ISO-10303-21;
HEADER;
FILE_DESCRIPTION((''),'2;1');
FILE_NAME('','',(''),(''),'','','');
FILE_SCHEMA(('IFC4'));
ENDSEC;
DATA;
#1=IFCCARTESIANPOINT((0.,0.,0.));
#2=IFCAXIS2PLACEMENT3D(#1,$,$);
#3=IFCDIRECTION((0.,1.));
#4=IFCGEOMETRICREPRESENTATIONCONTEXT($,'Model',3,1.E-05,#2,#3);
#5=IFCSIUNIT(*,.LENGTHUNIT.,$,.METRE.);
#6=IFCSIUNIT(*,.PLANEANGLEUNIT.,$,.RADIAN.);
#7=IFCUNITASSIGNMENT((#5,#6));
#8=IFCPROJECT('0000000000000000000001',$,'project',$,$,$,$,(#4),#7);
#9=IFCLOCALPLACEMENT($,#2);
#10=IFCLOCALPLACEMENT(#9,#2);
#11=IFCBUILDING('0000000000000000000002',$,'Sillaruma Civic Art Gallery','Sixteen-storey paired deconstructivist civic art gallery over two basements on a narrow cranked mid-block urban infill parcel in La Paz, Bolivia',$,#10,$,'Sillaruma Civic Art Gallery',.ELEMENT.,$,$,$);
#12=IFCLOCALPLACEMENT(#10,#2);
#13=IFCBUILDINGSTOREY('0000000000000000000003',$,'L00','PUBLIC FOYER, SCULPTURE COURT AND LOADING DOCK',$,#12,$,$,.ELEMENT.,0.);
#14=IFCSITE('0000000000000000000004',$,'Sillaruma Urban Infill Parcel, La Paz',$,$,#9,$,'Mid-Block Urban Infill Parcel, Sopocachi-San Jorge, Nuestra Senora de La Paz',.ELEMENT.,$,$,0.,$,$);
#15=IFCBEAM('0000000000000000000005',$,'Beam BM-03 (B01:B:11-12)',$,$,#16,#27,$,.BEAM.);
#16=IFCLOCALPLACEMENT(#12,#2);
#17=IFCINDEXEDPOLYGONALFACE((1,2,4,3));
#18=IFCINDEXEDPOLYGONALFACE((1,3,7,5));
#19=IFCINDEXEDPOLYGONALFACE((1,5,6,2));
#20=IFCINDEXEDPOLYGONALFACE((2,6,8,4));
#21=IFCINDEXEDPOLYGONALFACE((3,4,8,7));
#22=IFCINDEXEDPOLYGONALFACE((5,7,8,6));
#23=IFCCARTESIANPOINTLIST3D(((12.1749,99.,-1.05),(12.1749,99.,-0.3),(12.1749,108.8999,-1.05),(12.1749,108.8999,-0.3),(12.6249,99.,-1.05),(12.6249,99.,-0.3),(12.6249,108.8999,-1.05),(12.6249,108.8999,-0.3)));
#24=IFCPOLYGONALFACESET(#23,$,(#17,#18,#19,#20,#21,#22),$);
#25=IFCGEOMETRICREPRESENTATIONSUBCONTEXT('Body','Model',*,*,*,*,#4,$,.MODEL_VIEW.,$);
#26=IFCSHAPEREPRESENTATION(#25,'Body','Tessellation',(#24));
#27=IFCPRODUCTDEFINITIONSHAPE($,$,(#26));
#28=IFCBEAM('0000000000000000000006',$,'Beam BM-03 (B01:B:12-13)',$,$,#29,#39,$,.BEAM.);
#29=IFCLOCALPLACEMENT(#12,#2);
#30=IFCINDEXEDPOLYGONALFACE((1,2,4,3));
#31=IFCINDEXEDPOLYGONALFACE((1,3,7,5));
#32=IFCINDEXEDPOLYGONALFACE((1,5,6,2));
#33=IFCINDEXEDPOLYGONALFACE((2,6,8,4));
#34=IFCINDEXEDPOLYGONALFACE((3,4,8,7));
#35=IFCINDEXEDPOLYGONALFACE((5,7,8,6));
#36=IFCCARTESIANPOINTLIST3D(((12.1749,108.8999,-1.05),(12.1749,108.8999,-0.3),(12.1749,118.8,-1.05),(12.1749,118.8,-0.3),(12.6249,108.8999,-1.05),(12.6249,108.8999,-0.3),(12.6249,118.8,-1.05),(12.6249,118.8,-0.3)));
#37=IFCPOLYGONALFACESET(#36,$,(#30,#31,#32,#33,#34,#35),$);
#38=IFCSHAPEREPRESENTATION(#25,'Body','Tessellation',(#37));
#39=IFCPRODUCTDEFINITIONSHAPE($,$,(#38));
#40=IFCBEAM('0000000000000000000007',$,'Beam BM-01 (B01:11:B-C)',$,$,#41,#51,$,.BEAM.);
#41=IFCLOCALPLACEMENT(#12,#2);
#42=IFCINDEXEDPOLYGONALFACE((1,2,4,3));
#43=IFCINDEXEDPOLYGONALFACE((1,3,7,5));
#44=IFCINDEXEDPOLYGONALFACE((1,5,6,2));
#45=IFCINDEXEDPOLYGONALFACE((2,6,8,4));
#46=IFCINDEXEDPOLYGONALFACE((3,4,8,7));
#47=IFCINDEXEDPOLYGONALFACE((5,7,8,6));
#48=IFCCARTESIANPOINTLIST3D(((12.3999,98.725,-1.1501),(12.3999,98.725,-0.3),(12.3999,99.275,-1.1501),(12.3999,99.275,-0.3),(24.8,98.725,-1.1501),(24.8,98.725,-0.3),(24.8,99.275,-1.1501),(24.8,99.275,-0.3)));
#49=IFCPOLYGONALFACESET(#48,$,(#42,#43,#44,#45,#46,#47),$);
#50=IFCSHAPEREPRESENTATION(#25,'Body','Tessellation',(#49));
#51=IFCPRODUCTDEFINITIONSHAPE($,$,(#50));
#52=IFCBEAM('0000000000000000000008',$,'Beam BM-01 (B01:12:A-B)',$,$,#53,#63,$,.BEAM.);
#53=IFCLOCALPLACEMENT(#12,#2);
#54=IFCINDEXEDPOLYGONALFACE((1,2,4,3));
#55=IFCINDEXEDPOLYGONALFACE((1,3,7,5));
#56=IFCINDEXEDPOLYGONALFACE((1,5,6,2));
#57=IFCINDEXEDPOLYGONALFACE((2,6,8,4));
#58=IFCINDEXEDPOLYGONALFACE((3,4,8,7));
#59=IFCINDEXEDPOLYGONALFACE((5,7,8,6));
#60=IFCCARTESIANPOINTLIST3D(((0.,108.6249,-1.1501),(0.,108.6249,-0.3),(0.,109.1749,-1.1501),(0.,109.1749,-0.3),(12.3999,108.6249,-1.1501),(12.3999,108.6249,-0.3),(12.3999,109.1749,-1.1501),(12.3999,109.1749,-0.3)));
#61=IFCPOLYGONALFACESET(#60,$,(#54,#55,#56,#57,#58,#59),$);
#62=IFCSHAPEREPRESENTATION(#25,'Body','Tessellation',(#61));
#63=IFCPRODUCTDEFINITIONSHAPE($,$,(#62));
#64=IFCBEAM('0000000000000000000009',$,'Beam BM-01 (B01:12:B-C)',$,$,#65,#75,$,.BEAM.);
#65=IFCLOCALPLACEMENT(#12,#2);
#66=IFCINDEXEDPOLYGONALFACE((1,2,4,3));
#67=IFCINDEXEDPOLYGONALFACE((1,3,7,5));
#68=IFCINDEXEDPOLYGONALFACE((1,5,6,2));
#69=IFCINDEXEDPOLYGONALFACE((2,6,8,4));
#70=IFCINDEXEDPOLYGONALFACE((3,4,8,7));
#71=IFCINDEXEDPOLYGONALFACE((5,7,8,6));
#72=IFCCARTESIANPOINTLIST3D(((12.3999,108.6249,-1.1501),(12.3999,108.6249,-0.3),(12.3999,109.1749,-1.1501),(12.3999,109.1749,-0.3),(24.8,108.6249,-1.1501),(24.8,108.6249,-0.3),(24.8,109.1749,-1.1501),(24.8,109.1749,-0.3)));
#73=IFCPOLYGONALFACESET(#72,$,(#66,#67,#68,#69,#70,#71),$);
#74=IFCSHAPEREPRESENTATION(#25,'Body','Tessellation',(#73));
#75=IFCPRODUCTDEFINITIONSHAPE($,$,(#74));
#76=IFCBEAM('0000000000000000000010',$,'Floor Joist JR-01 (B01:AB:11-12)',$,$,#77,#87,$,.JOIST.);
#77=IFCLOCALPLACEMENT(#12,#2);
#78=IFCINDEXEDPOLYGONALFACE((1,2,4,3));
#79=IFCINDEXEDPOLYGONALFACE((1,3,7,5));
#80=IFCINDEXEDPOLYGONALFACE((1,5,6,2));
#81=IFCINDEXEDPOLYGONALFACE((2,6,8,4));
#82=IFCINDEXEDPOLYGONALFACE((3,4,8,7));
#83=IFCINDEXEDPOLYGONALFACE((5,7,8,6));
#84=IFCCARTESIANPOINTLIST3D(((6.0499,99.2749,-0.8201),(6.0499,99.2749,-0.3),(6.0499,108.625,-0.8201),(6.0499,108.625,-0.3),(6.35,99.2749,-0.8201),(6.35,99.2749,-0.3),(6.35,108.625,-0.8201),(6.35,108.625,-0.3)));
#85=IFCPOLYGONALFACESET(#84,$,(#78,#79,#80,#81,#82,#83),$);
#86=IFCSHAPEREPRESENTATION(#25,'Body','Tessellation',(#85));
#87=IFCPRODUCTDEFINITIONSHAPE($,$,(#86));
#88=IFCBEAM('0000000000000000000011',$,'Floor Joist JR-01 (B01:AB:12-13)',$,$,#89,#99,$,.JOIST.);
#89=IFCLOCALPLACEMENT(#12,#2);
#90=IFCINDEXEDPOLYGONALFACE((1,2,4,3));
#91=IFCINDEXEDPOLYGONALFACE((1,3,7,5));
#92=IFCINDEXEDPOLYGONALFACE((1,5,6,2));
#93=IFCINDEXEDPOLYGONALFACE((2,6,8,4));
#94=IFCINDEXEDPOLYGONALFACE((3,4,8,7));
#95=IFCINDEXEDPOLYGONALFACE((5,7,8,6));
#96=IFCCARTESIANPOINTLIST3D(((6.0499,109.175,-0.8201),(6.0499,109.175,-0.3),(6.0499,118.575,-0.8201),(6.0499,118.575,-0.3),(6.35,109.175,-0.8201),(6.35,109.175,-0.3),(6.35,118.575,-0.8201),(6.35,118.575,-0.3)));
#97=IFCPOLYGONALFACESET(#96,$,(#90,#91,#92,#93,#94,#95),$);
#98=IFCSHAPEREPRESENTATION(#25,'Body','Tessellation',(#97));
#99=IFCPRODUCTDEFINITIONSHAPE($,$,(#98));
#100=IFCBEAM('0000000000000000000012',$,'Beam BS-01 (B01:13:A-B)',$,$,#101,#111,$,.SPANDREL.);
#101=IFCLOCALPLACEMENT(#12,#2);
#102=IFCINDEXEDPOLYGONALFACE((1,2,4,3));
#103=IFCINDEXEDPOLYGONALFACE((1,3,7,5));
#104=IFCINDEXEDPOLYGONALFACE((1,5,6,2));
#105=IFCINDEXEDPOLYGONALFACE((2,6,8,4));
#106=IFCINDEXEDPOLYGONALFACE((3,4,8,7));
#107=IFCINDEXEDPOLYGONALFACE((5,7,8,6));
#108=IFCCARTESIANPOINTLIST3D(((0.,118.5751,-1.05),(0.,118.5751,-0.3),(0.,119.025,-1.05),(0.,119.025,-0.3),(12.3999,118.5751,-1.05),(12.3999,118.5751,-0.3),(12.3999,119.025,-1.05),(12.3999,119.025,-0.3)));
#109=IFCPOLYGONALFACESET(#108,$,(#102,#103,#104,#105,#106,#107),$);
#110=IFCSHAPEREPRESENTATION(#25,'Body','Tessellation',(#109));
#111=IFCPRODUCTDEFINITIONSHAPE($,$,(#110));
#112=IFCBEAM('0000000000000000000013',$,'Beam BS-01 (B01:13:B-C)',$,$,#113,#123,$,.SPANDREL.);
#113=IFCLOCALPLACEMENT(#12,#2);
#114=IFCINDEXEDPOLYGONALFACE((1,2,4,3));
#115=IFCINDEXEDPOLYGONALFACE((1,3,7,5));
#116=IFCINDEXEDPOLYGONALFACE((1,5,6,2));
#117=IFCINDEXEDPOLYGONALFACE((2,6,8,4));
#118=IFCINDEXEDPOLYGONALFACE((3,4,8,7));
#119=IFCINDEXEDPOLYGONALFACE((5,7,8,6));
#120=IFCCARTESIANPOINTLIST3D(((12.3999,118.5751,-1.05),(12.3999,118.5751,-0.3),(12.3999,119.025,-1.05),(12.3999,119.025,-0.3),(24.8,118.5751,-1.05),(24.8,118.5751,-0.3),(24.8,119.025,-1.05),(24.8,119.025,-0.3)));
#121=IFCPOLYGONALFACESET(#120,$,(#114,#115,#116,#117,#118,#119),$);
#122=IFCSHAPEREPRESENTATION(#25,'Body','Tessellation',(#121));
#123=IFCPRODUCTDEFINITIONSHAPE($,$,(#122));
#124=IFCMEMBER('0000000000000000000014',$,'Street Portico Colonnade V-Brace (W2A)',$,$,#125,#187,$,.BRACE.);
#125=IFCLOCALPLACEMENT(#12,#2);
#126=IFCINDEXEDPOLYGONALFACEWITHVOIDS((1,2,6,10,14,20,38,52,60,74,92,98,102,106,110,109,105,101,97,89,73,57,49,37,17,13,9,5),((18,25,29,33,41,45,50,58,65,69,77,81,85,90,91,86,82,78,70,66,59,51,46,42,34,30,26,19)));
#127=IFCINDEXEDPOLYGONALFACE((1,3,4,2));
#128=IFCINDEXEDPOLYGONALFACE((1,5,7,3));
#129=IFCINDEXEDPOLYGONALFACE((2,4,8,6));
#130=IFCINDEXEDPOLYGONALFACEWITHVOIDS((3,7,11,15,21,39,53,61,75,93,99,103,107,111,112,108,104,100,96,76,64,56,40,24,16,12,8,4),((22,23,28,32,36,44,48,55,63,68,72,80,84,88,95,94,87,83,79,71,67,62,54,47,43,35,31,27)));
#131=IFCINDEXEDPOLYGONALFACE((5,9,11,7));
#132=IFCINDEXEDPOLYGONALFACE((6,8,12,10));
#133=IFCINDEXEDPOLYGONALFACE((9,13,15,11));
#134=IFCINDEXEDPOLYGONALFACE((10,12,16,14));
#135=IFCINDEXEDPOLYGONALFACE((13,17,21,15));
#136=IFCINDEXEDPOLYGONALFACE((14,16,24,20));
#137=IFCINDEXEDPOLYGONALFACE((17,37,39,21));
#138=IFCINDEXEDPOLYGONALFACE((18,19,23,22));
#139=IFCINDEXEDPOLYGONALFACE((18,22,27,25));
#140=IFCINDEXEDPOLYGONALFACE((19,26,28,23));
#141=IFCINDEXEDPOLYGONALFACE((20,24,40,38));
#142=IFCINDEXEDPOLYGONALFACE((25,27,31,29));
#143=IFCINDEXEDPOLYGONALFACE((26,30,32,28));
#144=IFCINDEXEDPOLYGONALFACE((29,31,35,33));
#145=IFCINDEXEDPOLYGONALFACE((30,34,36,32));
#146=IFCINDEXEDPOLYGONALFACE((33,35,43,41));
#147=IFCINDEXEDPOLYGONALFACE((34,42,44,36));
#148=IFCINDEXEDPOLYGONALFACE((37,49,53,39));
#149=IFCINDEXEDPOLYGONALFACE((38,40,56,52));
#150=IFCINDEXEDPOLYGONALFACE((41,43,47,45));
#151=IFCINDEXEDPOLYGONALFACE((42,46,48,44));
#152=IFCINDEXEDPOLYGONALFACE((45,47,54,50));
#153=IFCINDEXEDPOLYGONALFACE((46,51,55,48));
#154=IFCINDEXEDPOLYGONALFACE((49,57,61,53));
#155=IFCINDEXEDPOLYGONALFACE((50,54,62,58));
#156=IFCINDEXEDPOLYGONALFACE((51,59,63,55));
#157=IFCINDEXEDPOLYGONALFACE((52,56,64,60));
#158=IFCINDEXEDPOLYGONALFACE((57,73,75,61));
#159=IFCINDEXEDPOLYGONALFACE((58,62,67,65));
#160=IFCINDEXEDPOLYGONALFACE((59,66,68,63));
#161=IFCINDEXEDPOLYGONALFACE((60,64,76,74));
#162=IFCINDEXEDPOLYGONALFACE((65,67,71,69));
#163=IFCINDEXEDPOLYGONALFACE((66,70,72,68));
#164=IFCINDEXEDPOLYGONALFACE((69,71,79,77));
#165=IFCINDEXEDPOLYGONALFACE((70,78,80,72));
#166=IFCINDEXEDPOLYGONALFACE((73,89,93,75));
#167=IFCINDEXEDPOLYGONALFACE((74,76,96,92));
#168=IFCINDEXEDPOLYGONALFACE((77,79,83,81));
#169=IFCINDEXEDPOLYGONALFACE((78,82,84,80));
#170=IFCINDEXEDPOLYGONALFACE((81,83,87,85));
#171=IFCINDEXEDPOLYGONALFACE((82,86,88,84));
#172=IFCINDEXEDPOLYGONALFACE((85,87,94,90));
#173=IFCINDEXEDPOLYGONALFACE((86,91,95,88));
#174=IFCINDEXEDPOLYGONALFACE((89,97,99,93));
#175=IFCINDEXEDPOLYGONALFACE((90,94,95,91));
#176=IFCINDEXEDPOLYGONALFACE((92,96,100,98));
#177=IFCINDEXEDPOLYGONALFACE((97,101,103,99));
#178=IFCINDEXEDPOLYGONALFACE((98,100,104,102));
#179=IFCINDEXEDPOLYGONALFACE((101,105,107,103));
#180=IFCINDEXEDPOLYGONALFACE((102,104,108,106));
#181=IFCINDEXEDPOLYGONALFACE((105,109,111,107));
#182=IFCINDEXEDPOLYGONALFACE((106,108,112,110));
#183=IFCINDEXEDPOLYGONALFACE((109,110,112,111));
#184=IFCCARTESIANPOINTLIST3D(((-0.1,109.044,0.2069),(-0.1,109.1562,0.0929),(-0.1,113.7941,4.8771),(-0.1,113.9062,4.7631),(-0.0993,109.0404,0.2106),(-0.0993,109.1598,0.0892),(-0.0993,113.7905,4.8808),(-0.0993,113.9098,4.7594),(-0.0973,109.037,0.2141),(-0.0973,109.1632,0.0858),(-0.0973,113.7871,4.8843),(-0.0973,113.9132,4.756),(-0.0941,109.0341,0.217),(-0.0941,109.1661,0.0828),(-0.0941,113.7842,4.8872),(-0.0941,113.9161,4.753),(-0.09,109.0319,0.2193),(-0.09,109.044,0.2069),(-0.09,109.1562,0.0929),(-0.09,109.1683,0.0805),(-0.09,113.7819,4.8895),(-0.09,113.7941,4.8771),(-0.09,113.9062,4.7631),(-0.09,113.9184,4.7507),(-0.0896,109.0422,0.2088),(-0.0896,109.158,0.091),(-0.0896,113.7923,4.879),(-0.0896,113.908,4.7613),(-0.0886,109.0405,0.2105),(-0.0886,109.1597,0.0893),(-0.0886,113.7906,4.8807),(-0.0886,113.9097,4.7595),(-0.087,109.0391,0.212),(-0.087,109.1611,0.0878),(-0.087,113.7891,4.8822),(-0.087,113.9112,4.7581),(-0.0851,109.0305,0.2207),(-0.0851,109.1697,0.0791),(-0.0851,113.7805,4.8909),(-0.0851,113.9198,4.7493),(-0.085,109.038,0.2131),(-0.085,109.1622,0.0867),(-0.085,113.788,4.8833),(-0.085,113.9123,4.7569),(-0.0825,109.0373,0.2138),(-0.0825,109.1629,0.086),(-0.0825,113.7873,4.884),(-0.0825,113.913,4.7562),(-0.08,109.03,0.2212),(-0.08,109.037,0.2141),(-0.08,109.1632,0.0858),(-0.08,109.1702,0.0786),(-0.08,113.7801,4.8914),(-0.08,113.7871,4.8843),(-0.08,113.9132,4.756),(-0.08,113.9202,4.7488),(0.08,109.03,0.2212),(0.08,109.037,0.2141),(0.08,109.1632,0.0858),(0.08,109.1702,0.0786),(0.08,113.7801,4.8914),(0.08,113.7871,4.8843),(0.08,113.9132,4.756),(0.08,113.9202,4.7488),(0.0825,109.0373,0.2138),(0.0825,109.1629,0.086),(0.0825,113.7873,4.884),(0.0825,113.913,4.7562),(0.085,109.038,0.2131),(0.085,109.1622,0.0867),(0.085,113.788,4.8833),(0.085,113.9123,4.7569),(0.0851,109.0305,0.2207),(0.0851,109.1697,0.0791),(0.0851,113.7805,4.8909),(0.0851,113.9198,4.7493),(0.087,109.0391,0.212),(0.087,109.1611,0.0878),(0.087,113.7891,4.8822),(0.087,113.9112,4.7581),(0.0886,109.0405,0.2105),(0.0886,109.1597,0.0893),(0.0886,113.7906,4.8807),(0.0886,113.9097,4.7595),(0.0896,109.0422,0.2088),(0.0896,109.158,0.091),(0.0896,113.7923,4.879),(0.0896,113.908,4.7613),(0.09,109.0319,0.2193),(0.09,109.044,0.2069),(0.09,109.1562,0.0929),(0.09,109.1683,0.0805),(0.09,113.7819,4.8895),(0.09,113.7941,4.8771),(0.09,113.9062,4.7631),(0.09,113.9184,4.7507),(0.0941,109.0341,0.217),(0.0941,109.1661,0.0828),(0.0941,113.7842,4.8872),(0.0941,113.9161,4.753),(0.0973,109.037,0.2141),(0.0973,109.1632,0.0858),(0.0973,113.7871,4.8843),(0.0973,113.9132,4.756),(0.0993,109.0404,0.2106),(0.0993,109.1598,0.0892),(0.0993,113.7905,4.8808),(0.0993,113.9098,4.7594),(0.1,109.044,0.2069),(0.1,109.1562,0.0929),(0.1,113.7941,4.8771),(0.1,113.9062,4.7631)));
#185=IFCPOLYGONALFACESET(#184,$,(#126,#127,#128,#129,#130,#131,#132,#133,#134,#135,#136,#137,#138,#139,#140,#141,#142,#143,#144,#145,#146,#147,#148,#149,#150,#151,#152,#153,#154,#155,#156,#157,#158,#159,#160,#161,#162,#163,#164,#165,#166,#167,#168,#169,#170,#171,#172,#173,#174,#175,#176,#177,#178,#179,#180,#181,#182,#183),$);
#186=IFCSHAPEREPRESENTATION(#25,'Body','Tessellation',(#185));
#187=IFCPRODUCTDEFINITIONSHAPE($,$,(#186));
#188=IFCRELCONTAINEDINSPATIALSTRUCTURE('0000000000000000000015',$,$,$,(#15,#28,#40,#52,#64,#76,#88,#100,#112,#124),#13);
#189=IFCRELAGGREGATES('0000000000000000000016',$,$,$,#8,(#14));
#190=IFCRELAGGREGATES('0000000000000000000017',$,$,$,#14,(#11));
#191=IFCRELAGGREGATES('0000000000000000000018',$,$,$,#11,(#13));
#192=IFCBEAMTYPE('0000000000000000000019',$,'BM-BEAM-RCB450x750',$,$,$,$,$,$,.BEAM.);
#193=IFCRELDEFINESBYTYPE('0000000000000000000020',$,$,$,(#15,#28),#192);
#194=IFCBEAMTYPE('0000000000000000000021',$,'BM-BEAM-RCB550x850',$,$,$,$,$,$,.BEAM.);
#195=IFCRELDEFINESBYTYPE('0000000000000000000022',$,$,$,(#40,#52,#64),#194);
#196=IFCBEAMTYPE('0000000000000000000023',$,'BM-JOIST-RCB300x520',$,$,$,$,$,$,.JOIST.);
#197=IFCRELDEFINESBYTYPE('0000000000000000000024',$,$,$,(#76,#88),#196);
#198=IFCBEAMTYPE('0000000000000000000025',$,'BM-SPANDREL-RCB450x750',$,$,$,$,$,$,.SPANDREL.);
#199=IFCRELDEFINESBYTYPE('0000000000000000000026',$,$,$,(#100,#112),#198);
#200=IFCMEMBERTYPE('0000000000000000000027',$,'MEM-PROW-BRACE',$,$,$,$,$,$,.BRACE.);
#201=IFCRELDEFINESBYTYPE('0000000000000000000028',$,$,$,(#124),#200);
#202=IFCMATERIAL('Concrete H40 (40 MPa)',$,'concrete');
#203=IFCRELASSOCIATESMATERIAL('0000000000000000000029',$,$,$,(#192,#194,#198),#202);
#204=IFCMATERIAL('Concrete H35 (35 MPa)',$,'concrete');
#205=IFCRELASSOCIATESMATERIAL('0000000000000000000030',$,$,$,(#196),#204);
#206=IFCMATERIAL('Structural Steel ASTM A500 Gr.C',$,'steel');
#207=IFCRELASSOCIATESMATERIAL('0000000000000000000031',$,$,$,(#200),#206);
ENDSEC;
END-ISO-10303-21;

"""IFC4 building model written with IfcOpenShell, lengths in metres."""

from ifc_helpers import new_model, si_unit, direction, frame, origin, origin_2d, place, context, subcontext, project, spatial, rectangle, hollow_rectangle, extrude, material, material_profile, profile_set, type_object, element, save


model = new_model("IFC4")

# Units and contexts
model_context = context("Model", 3, precision=1e-05, world=origin(), true_north=direction((0.0, 1.0)))
body_context = subcontext(model_context, "Body", "Model", "MODEL_VIEW")
ifc_project = project(units=[si_unit("LENGTHUNIT", "METRE"), si_unit("PLANEANGLEUNIT", "RADIAN")], contexts=[model_context])

# Site, building, storey
site_placement = place(None, origin())
site = spatial("IfcSite", under=ifc_project, at=site_placement, Name="Sillaruma Urban Infill Parcel, La Paz", LongName="Mid-Block Urban Infill Parcel, Sopocachi-San Jorge, Nuestra Senora de La Paz", CompositionType="ELEMENT", RefElevation=0.0)
building_placement = place(site_placement, origin())
building = spatial("IfcBuilding", under=site, at=building_placement, Name="Sillaruma Civic Art Gallery", Description="Sixteen-storey paired deconstructivist civic art gallery over two basements on a narrow cranked mid-block urban infill parcel in La Paz, Bolivia", LongName="Sillaruma Civic Art Gallery", CompositionType="ELEMENT")
storey_placement = place(building_placement, origin())
storey = spatial("IfcBuildingStorey", under=building, at=storey_placement, Name="L00", Description="PUBLIC FOYER, SCULPTURE COURT AND LOADING DOCK", CompositionType="ELEMENT", Elevation=0.0)

# Shared definitions
ifc_material_1 = material(Name="Concrete H40 (40 MPa)", Category="concrete")

# Beams
ifc_material_2 = material(Name="Concrete H35 (35 MPa)", Category="concrete")
ifc_material_profile_1 = material_profile(ifc_material_1, rectangle(XDim=0.45, YDim=0.75, at=origin_2d()), Name="RCB450x750")
ifc_profile_set_1 = profile_set([ifc_material_profile_1], Name="Concrete H40 (40 MPa)")
beam_type_1 = type_object("IfcBeamType", Name="BM-BEAM-RCB450x750", PredefinedType="BEAM", material=ifc_profile_set_1)
beam_1_placement = place(storey_placement, frame((12.3999, 99.0, -0.675), z_axis=(0.0, 1.0, 0.0), x_axis=(-1.0, 0.0, 0.0)))
element("IfcBeam", 1, at=beam_1_placement, inside=storey, type_object=beam_type_1, Name="Beam BM-03 (B01:B:11-12)", PredefinedType="BEAM", context=body_context, shape_type="SweptSolid", body=[
    extrude(rectangle(XDim=0.45, YDim=0.75, at=origin_2d()), origin(), (0.0, 0.0, 1.0), 9.8999),
])
beam_2_placement = place(storey_placement, frame((12.3999, 108.8999, -0.675), z_axis=(0.0, 1.0, 0.0), x_axis=(-1.0, 0.0, 0.0)))
element("IfcBeam", 2, at=beam_2_placement, inside=storey, type_object=beam_type_1, Name="Beam BM-03 (B01:B:12-13)", PredefinedType="BEAM", context=body_context, shape_type="SweptSolid", body=[
    extrude(rectangle(XDim=0.45, YDim=0.75, at=origin_2d()), origin(), (0.0, 0.0, 1.0), 9.9001),
])
ifc_material_profile_2 = material_profile(ifc_material_1, rectangle(XDim=0.55, YDim=0.8501, at=origin_2d()), Name="RCB550x850")
ifc_profile_set_2 = profile_set([ifc_material_profile_2], Name="Concrete H40 (40 MPa)")
beam_type_2 = type_object("IfcBeamType", Name="BM-BEAM-RCB550x850", PredefinedType="BEAM", material=ifc_profile_set_2)
beam_3_placement = place(storey_placement, frame((12.3999, 99.0, -0.7251), z_axis=(1.0, 0.0, 0.0), x_axis=(0.0, 1.0, 0.0)))
element("IfcBeam", 3, at=beam_3_placement, inside=storey, type_object=beam_type_2, Name="Beam BM-01 (B01:11:B-C)", PredefinedType="BEAM", context=body_context, shape_type="SweptSolid", body=[
    extrude(rectangle(XDim=0.55, YDim=0.8501, at=origin_2d()), origin(), (0.0, 0.0, 1.0), 12.4001),
])
beam_4_placement = place(storey_placement, frame((0.0, 108.8999, -0.7251), z_axis=(1.0, 0.0, 0.0), x_axis=(0.0, 1.0, 0.0)))
element("IfcBeam", 4, at=beam_4_placement, inside=storey, type_object=beam_type_2, Name="Beam BM-01 (B01:12:A-B)", PredefinedType="BEAM", context=body_context, shape_type="SweptSolid", body=[
    extrude(rectangle(XDim=0.55, YDim=0.8501, at=origin_2d()), origin(), (0.0, 0.0, 1.0), 12.3999),
])
beam_5_placement = place(storey_placement, frame((12.3999, 108.8999, -0.7251), z_axis=(1.0, 0.0, 0.0), x_axis=(0.0, 1.0, 0.0)))
element("IfcBeam", 5, at=beam_5_placement, inside=storey, type_object=beam_type_2, Name="Beam BM-01 (B01:12:B-C)", PredefinedType="BEAM", context=body_context, shape_type="SweptSolid", body=[
    extrude(rectangle(XDim=0.55, YDim=0.8501, at=origin_2d()), origin(), (0.0, 0.0, 1.0), 12.4001),
])
ifc_material_profile_3 = material_profile(ifc_material_2, rectangle(XDim=0.3, YDim=0.52, at=origin_2d()), Name="RCB300x520")
ifc_profile_set_3 = profile_set([ifc_material_profile_3], Name="Concrete H35 (35 MPa)")
beam_type_3 = type_object("IfcBeamType", Name="BM-JOIST-RCB300x520", PredefinedType="JOIST", material=ifc_profile_set_3)
beam_6_placement = place(storey_placement, frame((6.2, 99.2749, -0.5601), z_axis=(0.0, 1.0, 0.0), x_axis=(-1.0, 0.0, 0.0)))
element("IfcBeam", 6, at=beam_6_placement, inside=storey, type_object=beam_type_3, Name="Floor Joist JR-01 (B01:AB:11-12)", PredefinedType="JOIST", context=body_context, shape_type="SweptSolid", body=[
    extrude(rectangle(XDim=0.3, YDim=0.52, at=origin_2d()), origin(), (0.0, 0.0, 1.0), 9.3501),
])
beam_7_placement = place(storey_placement, frame((6.2, 109.175, -0.5601), z_axis=(0.0, 1.0, 0.0), x_axis=(-1.0, 0.0, 0.0)))
element("IfcBeam", 7, at=beam_7_placement, inside=storey, type_object=beam_type_3, Name="Floor Joist JR-01 (B01:AB:12-13)", PredefinedType="JOIST", context=body_context, shape_type="SweptSolid", body=[
    extrude(rectangle(XDim=0.3, YDim=0.52, at=origin_2d()), origin(), (0.0, 0.0, 1.0), 9.3999),
])
ifc_material_profile_4 = material_profile(ifc_material_1, rectangle(XDim=0.45, YDim=0.75, at=origin_2d()), Name="RCB450x750")
ifc_profile_set_4 = profile_set([ifc_material_profile_4], Name="Concrete H40 (40 MPa)")
beam_type_4 = type_object("IfcBeamType", Name="BM-SPANDREL-RCB450x750", PredefinedType="SPANDREL", material=ifc_profile_set_4)
beam_8_placement = place(storey_placement, frame((0.0, 118.8, -0.675), z_axis=(1.0, 0.0, 0.0), x_axis=(0.0, 1.0, 0.0)))
element("IfcBeam", 8, at=beam_8_placement, inside=storey, type_object=beam_type_4, Name="Beam BS-01 (B01:13:A-B)", PredefinedType="SPANDREL", context=body_context, shape_type="SweptSolid", body=[
    extrude(rectangle(XDim=0.45, YDim=0.75, at=origin_2d()), origin(), (0.0, 0.0, 1.0), 12.3999),
])
beam_9_placement = place(storey_placement, frame((12.3999, 118.8, -0.675), z_axis=(1.0, 0.0, 0.0), x_axis=(0.0, 1.0, 0.0)))
element("IfcBeam", 9, at=beam_9_placement, inside=storey, type_object=beam_type_4, Name="Beam BS-01 (B01:13:B-C)", PredefinedType="SPANDREL", context=body_context, shape_type="SweptSolid", body=[
    extrude(rectangle(XDim=0.45, YDim=0.75, at=origin_2d()), origin(), (0.0, 0.0, 1.0), 12.4001),
])

# Member
ifc_material_3 = material(Name="Structural Steel ASTM A500 Gr.C", Category="steel")
ifc_material_profile_5 = material_profile(ifc_material_3, hollow_rectangle(XDim=0.2, YDim=0.2, WallThickness=0.01, InnerFilletRadius=0.01, OuterFilletRadius=0.02, at=origin_2d()), Name="HSS200x200x10")
ifc_profile_set_5 = profile_set([ifc_material_profile_5], Name="Structural Steel ASTM A500 Gr.C")
member_type = type_object("IfcMemberType", Name="MEM-PROW-BRACE", PredefinedType="BRACE", material=ifc_profile_set_5)
for number, where, z_axis, x_axis, name in (
    (10, (0.0, 109.1001, 0.1499), (0.0, 0.713074, 0.701089), (-1.0, 0.0, 0.0), "Street Portico Colonnade V-Brace (W2A)"),
):
    element("IfcMember", number, at=place(storey_placement, frame(where, z_axis=z_axis, x_axis=x_axis)), inside=storey, type_object=member_type, Name=name, PredefinedType="BRACE", context=body_context, shape_type="SweptSolid", body=[
        extrude(hollow_rectangle(XDim=0.2, YDim=0.2, WallThickness=0.01, InnerFilletRadius=0.01, OuterFilletRadius=0.02, at=origin_2d()), origin(), (0.0, 0.0, 1.0), 6.6614),
    ])

save(model, "model.ifc")
